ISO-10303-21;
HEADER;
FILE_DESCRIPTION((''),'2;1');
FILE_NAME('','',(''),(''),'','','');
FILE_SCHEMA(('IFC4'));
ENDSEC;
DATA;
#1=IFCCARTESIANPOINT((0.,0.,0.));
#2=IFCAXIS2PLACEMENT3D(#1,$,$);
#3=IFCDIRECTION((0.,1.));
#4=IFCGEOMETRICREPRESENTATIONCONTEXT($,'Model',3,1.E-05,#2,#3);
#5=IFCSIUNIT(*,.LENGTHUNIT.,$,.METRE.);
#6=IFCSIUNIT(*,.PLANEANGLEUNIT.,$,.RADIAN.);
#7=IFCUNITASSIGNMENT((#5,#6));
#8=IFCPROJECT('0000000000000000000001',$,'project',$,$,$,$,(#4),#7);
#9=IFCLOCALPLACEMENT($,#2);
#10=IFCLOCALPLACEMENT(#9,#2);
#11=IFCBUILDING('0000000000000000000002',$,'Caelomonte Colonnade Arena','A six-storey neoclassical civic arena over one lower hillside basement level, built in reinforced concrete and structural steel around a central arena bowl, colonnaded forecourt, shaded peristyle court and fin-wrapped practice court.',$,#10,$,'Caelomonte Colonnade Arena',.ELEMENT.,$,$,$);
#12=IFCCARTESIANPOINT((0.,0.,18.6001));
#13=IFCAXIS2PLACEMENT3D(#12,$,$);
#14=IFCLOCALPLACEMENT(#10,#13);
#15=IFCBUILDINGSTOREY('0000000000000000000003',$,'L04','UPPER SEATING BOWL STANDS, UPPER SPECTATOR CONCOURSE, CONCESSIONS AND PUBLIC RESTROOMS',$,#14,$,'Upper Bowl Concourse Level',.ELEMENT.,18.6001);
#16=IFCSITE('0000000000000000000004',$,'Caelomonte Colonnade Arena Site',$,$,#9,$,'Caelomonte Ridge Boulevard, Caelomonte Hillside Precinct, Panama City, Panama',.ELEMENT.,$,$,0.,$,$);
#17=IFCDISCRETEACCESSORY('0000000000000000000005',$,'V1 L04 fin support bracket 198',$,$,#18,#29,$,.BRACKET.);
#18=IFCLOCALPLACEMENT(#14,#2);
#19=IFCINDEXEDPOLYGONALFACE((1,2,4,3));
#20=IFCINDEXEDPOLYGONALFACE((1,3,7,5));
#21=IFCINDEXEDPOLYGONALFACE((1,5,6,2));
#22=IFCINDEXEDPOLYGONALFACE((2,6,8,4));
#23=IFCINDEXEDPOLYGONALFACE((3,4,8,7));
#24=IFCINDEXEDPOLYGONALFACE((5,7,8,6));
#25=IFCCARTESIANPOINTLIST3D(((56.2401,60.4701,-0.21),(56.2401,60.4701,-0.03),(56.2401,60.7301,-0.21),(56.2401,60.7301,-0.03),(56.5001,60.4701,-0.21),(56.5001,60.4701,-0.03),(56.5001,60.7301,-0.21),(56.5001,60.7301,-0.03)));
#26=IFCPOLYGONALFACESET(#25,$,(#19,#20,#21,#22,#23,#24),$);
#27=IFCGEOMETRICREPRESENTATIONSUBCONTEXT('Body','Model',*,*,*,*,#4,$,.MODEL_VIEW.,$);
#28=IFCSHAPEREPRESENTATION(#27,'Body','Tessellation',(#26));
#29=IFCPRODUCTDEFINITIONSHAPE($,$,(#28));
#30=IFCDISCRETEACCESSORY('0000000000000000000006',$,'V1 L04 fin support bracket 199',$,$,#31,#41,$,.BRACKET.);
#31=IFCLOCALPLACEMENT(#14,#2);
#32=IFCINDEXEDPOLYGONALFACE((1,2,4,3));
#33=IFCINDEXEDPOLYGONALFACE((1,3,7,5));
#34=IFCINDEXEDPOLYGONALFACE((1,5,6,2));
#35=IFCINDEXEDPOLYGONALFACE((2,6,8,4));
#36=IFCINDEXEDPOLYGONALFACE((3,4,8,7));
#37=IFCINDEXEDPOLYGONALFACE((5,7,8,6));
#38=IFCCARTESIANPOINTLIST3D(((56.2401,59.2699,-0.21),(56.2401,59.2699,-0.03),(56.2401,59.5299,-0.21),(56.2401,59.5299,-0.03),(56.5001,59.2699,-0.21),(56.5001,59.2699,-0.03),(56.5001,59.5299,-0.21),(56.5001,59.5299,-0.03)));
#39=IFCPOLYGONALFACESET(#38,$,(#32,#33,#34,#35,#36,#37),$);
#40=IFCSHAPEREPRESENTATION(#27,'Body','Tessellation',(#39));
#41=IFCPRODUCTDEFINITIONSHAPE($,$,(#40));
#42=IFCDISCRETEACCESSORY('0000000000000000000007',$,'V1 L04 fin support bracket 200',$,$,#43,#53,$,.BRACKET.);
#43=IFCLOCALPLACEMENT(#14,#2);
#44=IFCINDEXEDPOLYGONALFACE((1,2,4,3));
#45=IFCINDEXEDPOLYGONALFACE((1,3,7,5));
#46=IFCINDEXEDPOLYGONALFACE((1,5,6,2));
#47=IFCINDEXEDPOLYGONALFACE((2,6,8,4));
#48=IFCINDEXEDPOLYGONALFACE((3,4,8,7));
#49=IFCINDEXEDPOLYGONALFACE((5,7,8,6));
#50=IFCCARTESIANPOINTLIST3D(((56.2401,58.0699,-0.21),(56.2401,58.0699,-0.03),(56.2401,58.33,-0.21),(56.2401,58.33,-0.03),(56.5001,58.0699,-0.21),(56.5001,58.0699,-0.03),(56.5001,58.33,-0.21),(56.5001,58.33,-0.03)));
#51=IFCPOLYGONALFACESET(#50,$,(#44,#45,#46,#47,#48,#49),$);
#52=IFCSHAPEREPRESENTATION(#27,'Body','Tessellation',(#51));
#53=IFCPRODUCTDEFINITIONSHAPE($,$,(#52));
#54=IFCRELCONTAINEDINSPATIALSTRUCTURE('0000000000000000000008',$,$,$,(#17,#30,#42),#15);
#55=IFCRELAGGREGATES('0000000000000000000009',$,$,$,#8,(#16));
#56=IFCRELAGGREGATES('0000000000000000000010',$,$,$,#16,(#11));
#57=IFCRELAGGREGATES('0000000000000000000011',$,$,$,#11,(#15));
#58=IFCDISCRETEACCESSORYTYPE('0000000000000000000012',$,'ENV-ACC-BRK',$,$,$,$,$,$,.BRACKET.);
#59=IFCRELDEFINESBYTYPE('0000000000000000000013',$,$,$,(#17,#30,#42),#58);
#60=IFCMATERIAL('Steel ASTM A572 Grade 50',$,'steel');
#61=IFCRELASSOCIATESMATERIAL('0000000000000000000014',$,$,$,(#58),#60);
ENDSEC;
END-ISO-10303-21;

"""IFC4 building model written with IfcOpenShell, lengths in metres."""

from ifc_helpers import new_model, si_unit, direction, frame, origin, origin_2d, place, context, subcontext, project, spatial, rectangle, extrude, material, type_object, element, save


model = new_model("IFC4")

# Units and contexts
model_context = context("Model", 3, precision=1e-05, world=origin(), true_north=direction((0.0, 1.0)))
body_context = subcontext(model_context, "Body", "Model", "MODEL_VIEW")
ifc_project = project(units=[si_unit("LENGTHUNIT", "METRE"), si_unit("PLANEANGLEUNIT", "RADIAN")], contexts=[model_context])

# Site, building, storey
site_placement = place(None, origin())
site = spatial("IfcSite", under=ifc_project, at=site_placement, Name="Caelomonte Colonnade Arena Site", LongName="Caelomonte Ridge Boulevard, Caelomonte Hillside Precinct, Panama City, Panama", CompositionType="ELEMENT", RefElevation=0.0)
building_placement = place(site_placement, origin())
building = spatial("IfcBuilding", under=site, at=building_placement, Name="Caelomonte Colonnade Arena", Description="A six-storey neoclassical civic arena over one lower hillside basement level, built in reinforced concrete and structural steel around a central arena bowl, colonnaded forecourt, shaded peristyle court and fin-wrapped practice court.", LongName="Caelomonte Colonnade Arena", CompositionType="ELEMENT")
storey_placement = place(building_placement, frame((0.0, 0.0, 18.6001)))
storey = spatial("IfcBuildingStorey", under=building, at=storey_placement, Name="L04", Description="UPPER SEATING BOWL STANDS, UPPER SPECTATOR CONCOURSE, CONCESSIONS AND PUBLIC RESTROOMS", LongName="Upper Bowl Concourse Level", CompositionType="ELEMENT", Elevation=18.6001)

# Discrete accessories
ifc_material_1 = material(Name="Steel ASTM A572 Grade 50", Category="steel")
discrete_accessory_type = type_object("IfcDiscreteAccessoryType", Name="ENV-ACC-BRK", PredefinedType="BRACKET", material=ifc_material_1)
for number, where, z_axis, x_axis, name in (
    (1, (56.3701, 60.6001, -0.21), (0.0, 0.0, 1.0), (0.0, -1.0, 0.0), "V1 L04 fin support bracket 198"),
    (2, (56.3701, 59.3999, -0.21), (0.0, 0.0, 1.0), (0.0, -1.0, 0.0), "V1 L04 fin support bracket 199"),
    (3, (56.3701, 58.2, -0.21), (0.0, 0.0, 1.0), (0.0, -1.0, 0.0), "V1 L04 fin support bracket 200"),
):
    element("IfcDiscreteAccessory", number, at=place(storey_placement, frame(where, z_axis=z_axis, x_axis=x_axis)), inside=storey, type_object=discrete_accessory_type, Name=name, PredefinedType="BRACKET", context=body_context, shape_type="SweptSolid", body=[
        extrude(rectangle(XDim=0.26, YDim=0.26, at=origin_2d()), origin(), (0.0, 0.0, 1.0), 0.1799),
    ])

save(model, "model.ifc")
